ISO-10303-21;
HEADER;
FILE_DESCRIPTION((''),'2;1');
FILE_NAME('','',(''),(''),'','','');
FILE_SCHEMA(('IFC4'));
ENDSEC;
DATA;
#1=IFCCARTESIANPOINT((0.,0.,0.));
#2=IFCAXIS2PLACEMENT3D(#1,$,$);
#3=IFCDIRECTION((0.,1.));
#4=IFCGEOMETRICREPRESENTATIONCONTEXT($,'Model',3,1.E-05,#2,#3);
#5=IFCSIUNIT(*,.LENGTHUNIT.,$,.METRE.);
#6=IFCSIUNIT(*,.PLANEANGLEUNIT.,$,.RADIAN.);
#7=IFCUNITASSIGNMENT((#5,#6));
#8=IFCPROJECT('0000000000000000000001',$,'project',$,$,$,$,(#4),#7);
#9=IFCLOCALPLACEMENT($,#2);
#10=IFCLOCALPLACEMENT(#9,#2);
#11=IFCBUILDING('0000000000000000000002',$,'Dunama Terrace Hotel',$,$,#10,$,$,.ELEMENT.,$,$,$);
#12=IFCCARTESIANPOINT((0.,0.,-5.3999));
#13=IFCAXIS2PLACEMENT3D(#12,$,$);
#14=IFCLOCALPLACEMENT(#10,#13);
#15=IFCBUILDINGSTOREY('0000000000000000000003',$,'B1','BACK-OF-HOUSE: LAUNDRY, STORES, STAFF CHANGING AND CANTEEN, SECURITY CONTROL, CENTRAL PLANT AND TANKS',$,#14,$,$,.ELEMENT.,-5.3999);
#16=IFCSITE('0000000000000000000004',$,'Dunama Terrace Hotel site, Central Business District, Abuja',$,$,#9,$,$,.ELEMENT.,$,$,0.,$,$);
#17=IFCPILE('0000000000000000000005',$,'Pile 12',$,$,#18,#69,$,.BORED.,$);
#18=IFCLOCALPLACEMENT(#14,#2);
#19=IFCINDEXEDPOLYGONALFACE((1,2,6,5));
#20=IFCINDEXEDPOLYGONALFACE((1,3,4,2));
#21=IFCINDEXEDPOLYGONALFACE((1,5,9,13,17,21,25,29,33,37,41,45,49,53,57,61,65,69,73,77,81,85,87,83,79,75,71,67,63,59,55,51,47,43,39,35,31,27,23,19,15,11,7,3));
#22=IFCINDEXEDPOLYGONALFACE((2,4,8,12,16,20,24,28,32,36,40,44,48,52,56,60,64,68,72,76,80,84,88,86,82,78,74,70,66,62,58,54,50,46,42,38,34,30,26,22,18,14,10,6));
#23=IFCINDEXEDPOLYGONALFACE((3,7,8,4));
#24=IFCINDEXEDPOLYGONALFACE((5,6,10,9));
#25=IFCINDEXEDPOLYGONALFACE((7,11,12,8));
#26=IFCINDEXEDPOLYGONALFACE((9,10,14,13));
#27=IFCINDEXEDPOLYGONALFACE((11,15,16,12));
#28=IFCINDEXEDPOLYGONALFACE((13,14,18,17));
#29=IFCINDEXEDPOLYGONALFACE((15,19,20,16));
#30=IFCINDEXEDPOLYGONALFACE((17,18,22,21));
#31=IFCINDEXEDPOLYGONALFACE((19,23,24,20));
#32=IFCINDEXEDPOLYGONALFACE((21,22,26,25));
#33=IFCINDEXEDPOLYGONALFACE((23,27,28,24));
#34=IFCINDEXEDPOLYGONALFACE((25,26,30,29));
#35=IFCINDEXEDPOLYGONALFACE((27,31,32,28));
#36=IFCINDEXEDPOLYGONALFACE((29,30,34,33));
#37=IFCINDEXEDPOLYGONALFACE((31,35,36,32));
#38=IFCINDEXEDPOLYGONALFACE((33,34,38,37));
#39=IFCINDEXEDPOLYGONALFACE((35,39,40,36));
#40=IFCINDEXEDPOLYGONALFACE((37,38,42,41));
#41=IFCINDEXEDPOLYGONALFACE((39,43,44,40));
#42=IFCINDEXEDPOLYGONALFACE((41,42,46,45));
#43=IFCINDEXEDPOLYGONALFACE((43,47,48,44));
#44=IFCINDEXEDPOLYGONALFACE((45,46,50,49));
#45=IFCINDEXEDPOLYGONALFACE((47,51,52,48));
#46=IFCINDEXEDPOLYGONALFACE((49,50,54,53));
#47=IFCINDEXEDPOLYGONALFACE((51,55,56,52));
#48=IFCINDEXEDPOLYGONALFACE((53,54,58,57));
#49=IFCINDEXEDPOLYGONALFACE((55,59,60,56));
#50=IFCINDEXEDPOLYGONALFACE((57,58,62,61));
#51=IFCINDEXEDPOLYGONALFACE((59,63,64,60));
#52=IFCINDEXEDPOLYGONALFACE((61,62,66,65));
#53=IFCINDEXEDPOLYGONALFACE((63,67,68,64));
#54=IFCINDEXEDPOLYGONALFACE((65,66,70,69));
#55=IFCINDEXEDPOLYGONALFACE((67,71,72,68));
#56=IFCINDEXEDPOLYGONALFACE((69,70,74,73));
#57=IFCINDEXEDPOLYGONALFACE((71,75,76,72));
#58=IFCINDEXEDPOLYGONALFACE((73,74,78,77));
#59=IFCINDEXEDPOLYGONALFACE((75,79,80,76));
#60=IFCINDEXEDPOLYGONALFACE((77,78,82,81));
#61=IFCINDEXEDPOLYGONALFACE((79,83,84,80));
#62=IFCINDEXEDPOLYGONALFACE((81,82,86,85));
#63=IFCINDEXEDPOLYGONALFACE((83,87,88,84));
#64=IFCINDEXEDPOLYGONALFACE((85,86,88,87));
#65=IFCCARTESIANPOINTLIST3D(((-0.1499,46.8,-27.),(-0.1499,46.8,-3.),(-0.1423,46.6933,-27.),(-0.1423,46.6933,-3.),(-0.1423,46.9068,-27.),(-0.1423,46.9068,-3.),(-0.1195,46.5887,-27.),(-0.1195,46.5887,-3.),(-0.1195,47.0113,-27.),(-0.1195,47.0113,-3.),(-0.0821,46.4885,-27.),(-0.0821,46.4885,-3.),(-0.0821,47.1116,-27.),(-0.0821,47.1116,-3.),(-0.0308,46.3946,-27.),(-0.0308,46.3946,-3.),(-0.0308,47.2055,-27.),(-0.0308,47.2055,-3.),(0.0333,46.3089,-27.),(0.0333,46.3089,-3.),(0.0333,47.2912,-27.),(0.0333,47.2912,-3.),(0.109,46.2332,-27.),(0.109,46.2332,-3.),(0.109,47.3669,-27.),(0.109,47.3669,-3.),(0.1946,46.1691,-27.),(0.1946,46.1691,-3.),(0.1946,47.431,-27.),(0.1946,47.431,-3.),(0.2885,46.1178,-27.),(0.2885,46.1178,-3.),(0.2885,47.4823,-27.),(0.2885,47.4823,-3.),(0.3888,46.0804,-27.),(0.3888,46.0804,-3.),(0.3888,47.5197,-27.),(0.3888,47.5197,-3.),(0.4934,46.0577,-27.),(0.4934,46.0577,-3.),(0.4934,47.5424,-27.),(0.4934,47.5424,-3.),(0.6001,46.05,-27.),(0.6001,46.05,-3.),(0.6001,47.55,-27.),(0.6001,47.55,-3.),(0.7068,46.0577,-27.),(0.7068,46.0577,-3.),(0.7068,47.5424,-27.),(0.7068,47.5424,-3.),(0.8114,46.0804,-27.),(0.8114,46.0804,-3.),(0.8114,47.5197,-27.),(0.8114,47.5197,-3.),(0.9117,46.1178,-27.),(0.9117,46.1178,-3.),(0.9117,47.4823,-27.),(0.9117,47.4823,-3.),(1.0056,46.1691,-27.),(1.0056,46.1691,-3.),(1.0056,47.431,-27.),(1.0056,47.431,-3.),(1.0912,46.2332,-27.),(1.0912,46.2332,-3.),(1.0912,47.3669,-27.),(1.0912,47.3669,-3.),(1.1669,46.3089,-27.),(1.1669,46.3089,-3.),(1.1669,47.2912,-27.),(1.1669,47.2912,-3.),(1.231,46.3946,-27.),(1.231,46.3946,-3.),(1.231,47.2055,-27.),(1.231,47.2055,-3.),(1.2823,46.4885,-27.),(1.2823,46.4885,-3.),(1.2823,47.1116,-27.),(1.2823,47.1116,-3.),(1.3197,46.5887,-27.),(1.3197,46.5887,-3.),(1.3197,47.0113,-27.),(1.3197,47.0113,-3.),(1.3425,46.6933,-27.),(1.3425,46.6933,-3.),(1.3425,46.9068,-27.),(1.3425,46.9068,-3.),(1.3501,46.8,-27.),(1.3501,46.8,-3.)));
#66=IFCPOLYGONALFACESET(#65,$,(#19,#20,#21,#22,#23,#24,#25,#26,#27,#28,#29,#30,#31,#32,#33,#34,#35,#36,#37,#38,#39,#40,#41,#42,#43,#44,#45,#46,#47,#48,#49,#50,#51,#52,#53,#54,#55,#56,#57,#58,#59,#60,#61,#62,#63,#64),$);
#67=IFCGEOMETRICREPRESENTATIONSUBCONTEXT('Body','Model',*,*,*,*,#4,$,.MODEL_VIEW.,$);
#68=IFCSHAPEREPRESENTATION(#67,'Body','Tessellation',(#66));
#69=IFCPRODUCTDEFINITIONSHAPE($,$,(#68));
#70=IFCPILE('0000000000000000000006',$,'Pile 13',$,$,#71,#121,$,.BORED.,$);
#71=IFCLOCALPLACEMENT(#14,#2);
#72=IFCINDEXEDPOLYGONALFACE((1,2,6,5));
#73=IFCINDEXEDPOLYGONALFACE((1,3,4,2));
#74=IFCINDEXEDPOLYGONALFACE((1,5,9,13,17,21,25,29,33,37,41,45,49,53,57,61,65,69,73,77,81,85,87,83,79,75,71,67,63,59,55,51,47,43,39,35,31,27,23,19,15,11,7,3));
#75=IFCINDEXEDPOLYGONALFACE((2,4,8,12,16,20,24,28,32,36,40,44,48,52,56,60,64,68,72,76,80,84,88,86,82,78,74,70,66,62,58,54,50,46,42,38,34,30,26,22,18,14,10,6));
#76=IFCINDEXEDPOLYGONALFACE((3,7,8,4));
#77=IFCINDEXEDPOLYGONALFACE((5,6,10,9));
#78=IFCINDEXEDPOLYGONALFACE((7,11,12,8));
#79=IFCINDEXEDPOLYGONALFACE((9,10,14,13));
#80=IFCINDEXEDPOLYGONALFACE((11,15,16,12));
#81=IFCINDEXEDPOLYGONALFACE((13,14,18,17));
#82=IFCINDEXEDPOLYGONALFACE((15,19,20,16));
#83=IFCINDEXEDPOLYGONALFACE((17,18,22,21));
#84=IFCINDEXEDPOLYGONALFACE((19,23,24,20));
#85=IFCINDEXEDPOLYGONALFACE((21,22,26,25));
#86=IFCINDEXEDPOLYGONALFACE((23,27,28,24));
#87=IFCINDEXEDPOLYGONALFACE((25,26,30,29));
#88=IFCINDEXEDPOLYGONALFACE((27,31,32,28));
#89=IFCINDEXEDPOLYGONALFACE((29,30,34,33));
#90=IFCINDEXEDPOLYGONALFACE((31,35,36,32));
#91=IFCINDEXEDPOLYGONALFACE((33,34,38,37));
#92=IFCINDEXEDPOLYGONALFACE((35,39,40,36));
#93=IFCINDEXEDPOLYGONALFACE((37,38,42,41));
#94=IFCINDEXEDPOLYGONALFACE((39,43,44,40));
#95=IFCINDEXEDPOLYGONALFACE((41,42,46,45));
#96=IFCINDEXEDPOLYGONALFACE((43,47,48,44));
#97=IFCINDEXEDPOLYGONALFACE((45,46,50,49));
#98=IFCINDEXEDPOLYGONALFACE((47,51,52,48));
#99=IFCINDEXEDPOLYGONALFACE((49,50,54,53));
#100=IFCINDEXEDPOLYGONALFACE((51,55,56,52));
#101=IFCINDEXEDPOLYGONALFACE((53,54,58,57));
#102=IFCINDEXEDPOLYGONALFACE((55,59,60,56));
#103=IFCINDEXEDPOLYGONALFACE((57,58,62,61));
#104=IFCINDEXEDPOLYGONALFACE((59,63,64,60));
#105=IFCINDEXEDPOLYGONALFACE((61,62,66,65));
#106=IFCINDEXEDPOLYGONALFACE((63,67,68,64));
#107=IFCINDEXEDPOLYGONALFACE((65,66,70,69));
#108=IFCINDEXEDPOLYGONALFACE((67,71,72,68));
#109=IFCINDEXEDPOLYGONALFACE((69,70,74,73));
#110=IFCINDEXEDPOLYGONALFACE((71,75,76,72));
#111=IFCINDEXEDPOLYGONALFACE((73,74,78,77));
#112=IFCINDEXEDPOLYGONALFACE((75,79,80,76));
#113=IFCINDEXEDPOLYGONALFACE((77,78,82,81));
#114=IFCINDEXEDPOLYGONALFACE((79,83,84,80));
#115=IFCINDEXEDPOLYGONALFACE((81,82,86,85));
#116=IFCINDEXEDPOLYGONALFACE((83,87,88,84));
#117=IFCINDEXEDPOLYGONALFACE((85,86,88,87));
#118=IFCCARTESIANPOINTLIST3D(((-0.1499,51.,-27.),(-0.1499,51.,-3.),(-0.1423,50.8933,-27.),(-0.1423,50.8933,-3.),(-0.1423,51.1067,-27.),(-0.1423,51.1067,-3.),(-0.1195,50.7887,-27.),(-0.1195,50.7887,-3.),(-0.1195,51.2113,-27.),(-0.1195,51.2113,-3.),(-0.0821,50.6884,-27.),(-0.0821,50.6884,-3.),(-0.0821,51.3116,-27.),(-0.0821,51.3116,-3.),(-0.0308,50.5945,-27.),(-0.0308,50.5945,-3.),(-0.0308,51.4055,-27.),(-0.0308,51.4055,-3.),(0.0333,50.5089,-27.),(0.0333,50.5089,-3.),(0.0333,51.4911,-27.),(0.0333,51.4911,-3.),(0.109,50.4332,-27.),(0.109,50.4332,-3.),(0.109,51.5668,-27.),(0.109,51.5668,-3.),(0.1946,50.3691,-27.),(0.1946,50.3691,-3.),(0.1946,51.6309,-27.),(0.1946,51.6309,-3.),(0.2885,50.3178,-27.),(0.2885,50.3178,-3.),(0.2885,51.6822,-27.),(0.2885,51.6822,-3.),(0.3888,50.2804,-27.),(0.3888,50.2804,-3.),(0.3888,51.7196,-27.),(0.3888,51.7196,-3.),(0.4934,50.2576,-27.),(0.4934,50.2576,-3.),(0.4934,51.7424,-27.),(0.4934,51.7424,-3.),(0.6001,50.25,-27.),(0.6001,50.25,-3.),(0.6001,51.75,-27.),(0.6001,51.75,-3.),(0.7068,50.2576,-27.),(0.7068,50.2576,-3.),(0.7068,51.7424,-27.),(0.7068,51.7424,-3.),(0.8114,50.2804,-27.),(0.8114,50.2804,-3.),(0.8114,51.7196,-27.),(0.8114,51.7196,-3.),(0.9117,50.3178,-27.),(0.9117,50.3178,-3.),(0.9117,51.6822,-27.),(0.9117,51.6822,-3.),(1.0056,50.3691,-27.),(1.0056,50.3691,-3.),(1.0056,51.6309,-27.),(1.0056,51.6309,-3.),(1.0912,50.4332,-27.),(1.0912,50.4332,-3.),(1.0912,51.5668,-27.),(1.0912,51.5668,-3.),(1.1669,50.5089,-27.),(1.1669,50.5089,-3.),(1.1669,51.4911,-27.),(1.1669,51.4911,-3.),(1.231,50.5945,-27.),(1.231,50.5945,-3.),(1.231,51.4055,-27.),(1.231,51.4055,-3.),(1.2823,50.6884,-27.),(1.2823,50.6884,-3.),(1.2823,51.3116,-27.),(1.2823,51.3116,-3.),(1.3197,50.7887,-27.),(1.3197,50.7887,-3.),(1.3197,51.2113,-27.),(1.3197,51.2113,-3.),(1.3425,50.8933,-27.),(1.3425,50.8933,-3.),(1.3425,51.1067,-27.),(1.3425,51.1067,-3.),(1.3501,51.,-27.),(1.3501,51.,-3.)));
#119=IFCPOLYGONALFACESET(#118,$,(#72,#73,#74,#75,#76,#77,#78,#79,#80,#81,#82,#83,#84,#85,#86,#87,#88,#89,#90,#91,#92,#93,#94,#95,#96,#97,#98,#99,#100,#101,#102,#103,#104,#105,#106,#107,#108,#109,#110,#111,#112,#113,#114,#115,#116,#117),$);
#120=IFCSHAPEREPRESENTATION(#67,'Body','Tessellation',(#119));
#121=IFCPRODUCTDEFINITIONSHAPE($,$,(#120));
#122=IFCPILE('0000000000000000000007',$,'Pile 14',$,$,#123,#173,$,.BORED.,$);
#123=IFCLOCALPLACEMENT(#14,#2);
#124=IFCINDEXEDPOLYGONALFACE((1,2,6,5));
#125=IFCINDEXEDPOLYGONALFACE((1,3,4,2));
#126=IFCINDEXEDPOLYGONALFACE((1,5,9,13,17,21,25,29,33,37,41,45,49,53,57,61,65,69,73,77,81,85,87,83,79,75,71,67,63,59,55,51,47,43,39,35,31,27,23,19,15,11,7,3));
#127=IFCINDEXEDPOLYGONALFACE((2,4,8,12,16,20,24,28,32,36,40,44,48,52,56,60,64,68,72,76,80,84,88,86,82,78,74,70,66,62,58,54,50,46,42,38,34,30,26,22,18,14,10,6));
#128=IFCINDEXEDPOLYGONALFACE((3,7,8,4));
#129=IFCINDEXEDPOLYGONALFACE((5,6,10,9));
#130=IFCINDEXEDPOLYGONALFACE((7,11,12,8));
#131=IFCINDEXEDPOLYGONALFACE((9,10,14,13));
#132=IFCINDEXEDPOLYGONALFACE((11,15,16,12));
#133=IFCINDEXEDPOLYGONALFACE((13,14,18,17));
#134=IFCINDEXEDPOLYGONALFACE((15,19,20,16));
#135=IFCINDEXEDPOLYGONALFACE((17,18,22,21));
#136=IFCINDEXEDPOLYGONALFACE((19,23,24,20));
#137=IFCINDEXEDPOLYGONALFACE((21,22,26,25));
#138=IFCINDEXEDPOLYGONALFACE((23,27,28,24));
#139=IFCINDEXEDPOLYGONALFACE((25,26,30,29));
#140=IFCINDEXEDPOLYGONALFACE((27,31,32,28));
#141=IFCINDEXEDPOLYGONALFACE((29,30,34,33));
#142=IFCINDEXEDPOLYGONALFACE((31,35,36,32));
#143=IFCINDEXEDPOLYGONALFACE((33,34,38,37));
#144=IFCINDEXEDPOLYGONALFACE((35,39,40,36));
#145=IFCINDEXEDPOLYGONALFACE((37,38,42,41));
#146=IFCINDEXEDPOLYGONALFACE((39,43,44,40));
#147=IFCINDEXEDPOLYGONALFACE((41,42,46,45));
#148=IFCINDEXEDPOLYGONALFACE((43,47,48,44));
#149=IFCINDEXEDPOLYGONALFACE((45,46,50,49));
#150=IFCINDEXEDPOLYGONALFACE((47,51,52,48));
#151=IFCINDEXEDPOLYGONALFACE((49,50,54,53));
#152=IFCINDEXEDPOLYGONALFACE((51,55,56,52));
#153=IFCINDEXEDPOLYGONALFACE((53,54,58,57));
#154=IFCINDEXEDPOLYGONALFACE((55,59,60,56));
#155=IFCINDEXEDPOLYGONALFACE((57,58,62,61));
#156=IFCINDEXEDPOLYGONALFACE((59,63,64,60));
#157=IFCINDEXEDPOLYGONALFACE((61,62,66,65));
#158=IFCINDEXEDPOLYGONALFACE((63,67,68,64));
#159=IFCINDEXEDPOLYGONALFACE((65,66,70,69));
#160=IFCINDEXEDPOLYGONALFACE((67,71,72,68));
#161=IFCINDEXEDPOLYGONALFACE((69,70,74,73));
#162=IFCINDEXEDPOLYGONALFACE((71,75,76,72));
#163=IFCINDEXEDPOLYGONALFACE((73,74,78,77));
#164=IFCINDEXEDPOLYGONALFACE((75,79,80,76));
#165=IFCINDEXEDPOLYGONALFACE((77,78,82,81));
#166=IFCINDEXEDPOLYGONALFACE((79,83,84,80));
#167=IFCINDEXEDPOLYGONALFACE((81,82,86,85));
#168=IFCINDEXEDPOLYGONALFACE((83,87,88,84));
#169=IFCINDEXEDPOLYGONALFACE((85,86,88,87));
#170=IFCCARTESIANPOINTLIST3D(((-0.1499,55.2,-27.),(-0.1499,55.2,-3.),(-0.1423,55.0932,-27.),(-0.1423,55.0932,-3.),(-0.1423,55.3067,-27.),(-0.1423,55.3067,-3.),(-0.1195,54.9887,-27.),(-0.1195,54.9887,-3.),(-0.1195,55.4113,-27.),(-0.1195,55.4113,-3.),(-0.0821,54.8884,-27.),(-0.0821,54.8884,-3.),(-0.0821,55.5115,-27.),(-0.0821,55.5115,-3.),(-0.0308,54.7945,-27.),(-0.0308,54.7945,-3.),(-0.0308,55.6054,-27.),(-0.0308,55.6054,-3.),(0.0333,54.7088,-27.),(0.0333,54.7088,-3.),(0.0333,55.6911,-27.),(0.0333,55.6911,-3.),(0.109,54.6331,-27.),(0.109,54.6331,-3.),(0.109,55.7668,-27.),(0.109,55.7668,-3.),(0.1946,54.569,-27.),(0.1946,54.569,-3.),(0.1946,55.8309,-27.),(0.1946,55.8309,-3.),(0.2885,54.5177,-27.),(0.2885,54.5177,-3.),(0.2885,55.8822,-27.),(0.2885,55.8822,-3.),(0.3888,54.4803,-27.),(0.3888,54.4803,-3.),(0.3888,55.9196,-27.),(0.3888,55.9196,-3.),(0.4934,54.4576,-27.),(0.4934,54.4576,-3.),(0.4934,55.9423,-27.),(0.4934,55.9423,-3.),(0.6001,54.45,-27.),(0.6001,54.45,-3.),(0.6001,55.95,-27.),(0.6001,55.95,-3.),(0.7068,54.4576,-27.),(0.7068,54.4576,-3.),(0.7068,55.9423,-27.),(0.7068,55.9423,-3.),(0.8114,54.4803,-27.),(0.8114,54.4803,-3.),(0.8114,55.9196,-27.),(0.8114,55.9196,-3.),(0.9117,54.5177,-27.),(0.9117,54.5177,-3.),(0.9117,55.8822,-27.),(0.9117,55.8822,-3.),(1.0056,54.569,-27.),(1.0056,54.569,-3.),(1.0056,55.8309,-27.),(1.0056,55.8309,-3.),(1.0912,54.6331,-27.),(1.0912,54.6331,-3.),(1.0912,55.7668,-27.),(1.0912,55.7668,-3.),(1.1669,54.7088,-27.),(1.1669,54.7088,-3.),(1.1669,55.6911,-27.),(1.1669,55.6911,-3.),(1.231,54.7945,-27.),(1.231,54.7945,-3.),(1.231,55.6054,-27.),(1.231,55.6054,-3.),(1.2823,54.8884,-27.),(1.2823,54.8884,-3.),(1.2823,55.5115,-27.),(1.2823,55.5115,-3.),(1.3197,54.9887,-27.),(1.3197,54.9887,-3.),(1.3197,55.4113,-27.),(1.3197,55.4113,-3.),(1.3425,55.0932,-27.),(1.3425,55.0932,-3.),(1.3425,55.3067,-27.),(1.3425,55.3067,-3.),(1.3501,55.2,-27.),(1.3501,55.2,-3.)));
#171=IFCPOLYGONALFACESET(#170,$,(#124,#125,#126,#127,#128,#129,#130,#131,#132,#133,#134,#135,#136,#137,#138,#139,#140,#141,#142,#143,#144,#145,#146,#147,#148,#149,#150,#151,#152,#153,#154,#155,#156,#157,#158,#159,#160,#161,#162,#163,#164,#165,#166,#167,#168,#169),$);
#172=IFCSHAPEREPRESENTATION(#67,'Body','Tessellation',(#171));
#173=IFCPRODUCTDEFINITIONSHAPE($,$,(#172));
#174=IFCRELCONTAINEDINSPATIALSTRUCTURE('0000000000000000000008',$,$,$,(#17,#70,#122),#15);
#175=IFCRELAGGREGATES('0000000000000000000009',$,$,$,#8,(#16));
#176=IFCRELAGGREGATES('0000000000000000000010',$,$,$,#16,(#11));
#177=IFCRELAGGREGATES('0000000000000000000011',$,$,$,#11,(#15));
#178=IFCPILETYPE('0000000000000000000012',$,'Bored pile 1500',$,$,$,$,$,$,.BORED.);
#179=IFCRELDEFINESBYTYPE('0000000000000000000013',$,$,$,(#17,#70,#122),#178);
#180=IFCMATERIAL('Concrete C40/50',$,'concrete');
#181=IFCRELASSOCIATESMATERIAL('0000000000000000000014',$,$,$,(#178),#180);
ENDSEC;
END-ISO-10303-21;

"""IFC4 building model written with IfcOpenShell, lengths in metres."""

from ifc_helpers import new_model, si_unit, direction, frame, origin, origin_2d, place, context, subcontext, project, spatial, circle, extrude, material, material_profile, profile_set, type_object, element, save


model = new_model("IFC4")

# Units and contexts
model_context = context("Model", 3, precision=1e-05, world=origin(), true_north=direction((0.0, 1.0)))
body_context = subcontext(model_context, "Body", "Model", "MODEL_VIEW")
ifc_project = project(units=[si_unit("LENGTHUNIT", "METRE"), si_unit("PLANEANGLEUNIT", "RADIAN")], contexts=[model_context])

# Site, building, storey
site_placement = place(None, origin())
site = spatial("IfcSite", under=ifc_project, at=site_placement, Name="Dunama Terrace Hotel site, Central Business District, Abuja", CompositionType="ELEMENT", RefElevation=0.0)
building_placement = place(site_placement, origin())
building = spatial("IfcBuilding", under=site, at=building_placement, Name="Dunama Terrace Hotel", CompositionType="ELEMENT")
storey_placement = place(building_placement, frame((0.0, 0.0, -5.3999)))
storey = spatial("IfcBuildingStorey", under=building, at=storey_placement, Name="B1", Description="BACK-OF-HOUSE: LAUNDRY, STORES, STAFF CHANGING AND CANTEEN, SECURITY CONTROL, CENTRAL PLANT AND TANKS", CompositionType="ELEMENT", Elevation=-5.3999)

# Piles
ifc_material_1 = material(Name="Concrete C40/50", Category="concrete")
ifc_material_profile_1 = material_profile(ifc_material_1, circle(Radius=0.75, at=origin_2d()), Name="PILE D1500")
ifc_profile_set_1 = profile_set([ifc_material_profile_1], Name="Concrete C40/50")
pile_type = type_object("IfcPileType", Name="Bored pile 1500", PredefinedType="BORED", material=ifc_profile_set_1)
for number, where, z_axis, x_axis, name in (
    (1, (0.6001, 46.8, -3.0), (0.0, 0.0, -1.0), (1.0, 0.0, 0.0), "Pile 12"),
    (2, (0.6001, 51.0, -3.0), (0.0, 0.0, -1.0), (1.0, 0.0, 0.0), "Pile 13"),
    (3, (0.6001, 55.2, -3.0), (0.0, 0.0, -1.0), (1.0, 0.0, 0.0), "Pile 14"),
):
    element("IfcPile", number, at=place(storey_placement, frame(where, z_axis=z_axis, x_axis=x_axis)), inside=storey, type_object=pile_type, Name=name, PredefinedType="BORED", context=body_context, shape_type="SweptSolid", body=[
        extrude(circle(Radius=0.75, at=origin_2d()), origin(), (0.0, 0.0, 1.0), 24.0),
    ])

save(model, "model.ifc")
